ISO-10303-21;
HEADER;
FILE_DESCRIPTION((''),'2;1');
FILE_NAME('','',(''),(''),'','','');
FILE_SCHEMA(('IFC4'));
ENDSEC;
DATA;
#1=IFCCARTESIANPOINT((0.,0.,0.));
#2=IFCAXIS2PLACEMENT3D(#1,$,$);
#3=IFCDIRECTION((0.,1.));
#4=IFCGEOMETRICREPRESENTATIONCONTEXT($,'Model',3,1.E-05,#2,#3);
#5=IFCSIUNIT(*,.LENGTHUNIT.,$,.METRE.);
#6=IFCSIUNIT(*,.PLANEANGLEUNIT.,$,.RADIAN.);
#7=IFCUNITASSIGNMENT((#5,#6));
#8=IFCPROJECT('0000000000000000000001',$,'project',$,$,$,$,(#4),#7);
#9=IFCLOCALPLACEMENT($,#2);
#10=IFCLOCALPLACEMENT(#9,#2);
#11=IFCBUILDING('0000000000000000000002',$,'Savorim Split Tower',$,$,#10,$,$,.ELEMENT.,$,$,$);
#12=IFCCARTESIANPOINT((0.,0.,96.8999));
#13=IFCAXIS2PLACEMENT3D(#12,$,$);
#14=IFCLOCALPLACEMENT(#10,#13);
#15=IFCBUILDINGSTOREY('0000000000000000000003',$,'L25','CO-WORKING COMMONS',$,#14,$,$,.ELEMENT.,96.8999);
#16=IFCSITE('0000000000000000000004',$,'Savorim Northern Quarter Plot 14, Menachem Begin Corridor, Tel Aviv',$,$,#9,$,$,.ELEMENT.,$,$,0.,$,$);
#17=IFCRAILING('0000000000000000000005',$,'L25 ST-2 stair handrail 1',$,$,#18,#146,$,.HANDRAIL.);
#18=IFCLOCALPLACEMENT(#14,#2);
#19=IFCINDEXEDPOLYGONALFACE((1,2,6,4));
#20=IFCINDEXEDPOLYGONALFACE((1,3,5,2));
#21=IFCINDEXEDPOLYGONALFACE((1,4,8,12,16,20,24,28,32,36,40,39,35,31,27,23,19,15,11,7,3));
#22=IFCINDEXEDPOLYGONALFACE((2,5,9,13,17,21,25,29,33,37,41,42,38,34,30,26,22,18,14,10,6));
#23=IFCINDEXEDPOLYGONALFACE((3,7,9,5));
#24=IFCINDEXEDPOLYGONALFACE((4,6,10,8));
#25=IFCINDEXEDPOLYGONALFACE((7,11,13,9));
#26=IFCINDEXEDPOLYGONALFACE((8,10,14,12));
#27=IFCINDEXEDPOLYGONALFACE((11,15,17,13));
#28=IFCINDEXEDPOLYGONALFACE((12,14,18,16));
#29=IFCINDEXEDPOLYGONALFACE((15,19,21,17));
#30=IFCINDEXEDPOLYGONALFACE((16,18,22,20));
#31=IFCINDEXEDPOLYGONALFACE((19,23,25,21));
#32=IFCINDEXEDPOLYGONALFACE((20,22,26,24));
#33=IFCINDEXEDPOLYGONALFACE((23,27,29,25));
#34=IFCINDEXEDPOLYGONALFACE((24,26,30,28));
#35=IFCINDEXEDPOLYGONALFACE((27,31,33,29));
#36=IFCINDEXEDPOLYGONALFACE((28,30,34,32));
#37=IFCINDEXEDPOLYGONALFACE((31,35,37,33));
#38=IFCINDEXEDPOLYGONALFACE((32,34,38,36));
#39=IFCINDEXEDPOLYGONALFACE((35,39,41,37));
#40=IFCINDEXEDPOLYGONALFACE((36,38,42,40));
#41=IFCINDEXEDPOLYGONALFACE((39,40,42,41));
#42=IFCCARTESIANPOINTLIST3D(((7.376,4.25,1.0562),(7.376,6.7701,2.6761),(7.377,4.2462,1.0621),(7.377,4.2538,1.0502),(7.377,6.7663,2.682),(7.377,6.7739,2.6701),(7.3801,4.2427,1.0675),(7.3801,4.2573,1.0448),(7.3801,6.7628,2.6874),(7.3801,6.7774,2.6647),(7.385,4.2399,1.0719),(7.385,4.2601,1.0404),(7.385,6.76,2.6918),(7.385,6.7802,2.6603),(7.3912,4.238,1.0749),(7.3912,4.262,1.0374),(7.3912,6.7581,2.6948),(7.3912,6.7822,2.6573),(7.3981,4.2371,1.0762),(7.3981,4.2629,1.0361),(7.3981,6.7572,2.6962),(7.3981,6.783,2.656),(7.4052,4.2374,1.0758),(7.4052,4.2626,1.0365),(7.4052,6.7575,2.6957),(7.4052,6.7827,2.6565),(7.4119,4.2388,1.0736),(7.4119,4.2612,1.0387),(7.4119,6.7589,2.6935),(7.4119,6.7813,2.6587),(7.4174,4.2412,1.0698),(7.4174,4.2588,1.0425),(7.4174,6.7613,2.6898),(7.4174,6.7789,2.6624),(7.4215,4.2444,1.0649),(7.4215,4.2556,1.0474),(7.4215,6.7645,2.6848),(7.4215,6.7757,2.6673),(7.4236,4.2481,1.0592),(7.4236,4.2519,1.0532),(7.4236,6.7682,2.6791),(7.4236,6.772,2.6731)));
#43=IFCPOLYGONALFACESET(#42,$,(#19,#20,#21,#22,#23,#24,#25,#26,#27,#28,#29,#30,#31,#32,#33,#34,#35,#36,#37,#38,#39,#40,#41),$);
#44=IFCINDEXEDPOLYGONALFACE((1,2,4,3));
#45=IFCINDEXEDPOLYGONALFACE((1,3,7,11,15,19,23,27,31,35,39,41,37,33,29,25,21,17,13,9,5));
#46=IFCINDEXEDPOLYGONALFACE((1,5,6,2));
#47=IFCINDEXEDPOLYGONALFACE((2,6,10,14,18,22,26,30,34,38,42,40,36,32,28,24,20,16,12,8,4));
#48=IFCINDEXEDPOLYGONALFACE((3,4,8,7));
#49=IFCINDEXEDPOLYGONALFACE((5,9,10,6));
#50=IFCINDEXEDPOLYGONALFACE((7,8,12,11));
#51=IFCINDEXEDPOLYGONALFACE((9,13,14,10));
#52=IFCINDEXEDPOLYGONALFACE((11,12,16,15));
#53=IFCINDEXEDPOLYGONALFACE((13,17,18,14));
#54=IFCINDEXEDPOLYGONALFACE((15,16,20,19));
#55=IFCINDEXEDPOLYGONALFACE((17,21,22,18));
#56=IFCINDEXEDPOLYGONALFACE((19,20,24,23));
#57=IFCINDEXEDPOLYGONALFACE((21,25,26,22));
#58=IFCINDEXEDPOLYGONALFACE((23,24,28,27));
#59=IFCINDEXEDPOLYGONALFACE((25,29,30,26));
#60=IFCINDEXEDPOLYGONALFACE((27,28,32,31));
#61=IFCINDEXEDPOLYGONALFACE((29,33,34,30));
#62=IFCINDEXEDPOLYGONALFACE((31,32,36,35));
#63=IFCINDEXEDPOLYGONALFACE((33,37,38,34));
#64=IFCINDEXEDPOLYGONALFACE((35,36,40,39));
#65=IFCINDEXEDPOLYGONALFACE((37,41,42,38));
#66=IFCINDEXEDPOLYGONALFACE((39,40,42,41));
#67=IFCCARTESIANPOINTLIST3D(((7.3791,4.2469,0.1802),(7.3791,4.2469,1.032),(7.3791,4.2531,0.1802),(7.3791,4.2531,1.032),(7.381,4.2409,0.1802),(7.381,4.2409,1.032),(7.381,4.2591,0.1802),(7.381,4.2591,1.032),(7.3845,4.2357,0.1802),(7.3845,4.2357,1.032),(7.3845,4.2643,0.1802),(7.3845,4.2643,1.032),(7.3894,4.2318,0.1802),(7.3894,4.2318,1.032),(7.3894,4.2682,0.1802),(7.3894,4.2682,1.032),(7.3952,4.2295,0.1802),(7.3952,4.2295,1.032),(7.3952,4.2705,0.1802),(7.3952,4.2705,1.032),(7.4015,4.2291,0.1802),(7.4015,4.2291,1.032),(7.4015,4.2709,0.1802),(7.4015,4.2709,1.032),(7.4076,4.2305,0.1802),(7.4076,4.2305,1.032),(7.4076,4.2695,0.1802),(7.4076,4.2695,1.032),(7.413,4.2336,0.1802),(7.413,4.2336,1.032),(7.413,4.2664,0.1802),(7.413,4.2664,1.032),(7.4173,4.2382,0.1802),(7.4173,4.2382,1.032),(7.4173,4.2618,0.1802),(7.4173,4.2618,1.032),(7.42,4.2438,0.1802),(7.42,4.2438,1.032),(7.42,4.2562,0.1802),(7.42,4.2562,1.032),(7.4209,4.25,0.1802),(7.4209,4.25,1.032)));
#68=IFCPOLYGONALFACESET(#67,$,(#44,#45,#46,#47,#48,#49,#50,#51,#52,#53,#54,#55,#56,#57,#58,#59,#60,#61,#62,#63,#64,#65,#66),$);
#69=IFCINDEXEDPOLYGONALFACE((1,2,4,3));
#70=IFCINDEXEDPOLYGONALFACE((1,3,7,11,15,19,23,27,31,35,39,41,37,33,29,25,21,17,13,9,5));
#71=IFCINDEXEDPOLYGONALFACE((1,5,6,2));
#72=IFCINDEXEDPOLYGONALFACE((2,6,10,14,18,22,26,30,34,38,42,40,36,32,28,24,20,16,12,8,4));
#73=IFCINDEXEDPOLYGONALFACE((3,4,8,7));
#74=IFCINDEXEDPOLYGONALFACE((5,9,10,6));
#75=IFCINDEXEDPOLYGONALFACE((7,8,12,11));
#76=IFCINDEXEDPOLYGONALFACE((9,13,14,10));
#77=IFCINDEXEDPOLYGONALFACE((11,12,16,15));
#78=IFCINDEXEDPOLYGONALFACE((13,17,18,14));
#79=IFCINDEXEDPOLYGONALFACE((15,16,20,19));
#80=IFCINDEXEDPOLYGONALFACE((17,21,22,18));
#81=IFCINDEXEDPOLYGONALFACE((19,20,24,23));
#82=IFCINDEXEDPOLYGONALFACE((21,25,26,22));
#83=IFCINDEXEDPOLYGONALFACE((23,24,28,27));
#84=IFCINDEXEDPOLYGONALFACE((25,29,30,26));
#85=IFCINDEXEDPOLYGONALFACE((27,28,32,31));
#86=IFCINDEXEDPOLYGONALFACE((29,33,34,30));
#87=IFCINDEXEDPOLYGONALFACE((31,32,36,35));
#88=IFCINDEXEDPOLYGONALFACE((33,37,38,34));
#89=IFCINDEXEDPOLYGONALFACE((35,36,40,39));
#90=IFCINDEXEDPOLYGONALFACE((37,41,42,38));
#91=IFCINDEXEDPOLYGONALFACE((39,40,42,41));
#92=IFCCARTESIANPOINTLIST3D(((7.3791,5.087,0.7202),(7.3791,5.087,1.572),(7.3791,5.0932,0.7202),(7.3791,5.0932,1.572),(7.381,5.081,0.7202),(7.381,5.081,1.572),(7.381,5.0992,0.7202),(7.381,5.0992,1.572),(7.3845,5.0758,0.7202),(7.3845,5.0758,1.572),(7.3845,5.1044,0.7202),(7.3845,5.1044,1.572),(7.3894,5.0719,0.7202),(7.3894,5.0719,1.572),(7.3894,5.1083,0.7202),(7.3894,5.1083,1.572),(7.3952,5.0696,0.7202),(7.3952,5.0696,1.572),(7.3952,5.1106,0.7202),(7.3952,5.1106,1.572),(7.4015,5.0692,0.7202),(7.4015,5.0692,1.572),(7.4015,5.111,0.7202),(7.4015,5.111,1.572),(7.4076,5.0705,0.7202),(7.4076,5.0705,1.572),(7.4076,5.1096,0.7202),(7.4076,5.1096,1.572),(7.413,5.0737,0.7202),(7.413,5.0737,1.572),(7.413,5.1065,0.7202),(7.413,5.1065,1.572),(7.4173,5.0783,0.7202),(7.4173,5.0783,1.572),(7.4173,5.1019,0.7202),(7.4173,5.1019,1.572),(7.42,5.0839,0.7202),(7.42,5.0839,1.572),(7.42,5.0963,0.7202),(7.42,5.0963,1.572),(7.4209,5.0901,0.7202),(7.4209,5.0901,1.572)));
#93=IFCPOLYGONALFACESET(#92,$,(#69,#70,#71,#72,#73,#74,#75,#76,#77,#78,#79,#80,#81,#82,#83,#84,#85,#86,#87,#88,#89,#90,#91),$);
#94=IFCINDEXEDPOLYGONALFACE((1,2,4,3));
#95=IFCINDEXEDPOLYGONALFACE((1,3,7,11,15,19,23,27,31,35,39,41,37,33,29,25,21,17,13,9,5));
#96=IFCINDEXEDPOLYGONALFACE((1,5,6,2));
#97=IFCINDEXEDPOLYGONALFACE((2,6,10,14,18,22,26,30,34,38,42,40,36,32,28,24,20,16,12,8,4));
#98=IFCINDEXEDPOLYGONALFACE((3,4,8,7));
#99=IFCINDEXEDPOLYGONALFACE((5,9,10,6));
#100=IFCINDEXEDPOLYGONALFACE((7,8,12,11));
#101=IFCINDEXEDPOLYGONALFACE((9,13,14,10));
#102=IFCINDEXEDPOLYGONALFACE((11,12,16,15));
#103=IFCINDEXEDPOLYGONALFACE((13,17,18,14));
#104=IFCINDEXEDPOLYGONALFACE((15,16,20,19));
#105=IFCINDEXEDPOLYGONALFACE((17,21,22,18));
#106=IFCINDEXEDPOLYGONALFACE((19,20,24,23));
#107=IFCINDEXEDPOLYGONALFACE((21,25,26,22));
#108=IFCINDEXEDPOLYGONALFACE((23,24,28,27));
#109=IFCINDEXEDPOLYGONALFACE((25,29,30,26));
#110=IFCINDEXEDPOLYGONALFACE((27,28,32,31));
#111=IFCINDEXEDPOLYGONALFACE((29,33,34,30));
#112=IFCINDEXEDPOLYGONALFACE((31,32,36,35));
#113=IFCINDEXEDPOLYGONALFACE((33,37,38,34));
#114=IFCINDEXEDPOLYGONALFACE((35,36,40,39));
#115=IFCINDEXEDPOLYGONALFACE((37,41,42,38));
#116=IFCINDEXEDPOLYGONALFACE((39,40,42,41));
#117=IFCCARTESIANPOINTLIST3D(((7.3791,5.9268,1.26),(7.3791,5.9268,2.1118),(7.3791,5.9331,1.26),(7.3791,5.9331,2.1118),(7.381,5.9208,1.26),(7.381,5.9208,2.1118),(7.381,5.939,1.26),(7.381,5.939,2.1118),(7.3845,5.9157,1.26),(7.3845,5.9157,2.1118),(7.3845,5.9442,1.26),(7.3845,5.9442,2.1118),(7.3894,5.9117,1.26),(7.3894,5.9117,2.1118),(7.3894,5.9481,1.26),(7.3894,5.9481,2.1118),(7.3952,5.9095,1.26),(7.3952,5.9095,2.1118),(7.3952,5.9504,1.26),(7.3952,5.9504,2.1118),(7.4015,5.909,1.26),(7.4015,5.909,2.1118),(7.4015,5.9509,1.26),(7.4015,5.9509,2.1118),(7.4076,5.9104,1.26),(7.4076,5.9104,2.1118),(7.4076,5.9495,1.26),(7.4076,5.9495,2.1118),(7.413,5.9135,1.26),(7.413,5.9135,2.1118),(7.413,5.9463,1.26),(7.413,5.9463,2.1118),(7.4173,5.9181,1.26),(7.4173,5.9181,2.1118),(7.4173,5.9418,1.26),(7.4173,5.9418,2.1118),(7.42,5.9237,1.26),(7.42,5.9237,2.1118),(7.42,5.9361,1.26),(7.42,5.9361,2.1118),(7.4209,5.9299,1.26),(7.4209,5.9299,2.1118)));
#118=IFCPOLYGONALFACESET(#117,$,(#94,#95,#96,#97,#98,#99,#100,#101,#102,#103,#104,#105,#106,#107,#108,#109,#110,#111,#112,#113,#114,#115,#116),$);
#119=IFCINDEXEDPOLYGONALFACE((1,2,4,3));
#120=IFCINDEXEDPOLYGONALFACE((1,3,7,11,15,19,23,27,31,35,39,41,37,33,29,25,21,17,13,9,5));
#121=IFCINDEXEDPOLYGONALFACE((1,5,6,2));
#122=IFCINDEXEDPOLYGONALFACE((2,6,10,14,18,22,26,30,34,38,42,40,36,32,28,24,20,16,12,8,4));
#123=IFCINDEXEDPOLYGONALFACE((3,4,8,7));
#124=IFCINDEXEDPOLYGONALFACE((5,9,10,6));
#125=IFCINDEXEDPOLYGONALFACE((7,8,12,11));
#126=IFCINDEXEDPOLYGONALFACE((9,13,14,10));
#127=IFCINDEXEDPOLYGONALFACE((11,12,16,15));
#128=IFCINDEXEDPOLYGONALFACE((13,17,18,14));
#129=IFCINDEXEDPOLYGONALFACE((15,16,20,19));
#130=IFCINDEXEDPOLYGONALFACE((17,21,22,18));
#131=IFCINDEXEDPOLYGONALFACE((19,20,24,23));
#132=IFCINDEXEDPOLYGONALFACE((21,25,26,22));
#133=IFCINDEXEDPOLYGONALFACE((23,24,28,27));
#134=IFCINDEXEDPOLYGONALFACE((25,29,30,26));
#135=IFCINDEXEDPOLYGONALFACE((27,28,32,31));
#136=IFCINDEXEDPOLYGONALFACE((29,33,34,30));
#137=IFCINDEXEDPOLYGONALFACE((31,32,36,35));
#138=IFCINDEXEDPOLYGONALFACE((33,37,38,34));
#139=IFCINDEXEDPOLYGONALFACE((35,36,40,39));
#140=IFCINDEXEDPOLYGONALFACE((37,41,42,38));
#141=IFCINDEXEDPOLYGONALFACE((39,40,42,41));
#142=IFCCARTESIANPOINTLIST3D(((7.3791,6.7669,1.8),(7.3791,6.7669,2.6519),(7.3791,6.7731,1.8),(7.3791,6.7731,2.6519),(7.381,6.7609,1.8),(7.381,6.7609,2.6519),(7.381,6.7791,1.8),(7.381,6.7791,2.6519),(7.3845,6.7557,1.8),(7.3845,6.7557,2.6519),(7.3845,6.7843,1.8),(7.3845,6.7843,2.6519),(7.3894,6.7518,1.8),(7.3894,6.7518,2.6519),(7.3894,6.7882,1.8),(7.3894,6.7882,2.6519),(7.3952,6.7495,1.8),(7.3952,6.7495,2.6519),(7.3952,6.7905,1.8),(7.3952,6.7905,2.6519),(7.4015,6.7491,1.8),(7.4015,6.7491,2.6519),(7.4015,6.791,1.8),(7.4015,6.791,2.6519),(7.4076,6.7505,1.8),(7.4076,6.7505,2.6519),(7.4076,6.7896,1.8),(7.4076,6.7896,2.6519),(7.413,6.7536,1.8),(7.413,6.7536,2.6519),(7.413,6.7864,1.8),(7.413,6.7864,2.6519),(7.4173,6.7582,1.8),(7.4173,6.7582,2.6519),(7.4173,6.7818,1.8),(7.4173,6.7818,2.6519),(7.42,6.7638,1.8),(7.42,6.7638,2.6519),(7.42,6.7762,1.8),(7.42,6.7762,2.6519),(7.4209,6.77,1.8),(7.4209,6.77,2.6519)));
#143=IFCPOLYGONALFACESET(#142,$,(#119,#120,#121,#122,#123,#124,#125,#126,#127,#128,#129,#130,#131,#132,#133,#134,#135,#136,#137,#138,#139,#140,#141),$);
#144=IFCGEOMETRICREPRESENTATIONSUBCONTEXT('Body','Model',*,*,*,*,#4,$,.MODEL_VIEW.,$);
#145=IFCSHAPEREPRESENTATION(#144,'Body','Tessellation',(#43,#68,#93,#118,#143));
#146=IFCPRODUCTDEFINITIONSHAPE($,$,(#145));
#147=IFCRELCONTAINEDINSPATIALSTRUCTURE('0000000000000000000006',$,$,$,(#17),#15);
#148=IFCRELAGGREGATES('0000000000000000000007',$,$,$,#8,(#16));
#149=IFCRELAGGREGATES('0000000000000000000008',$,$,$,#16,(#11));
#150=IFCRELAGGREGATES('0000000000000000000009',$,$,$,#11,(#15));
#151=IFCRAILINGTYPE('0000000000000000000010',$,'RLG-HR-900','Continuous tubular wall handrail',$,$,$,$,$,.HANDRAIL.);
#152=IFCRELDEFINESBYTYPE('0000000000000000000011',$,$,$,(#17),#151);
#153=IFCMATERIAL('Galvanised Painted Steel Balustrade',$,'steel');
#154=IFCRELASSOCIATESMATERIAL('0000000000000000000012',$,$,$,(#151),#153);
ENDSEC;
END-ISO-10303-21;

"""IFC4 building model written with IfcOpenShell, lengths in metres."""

from ifc_helpers import new_model, si_unit, direction, frame, origin, origin_2d, place, context, subcontext, project, spatial, circle, extrude, material, type_object, element, save


model = new_model("IFC4")

# Units and contexts
model_context = context("Model", 3, precision=1e-05, world=origin(), true_north=direction((0.0, 1.0)))
body_context = subcontext(model_context, "Body", "Model", "MODEL_VIEW")
ifc_project = project(units=[si_unit("LENGTHUNIT", "METRE"), si_unit("PLANEANGLEUNIT", "RADIAN")], contexts=[model_context])

# Site, building, storey
site_placement = place(None, origin())
site = spatial("IfcSite", under=ifc_project, at=site_placement, Name="Savorim Northern Quarter Plot 14, Menachem Begin Corridor, Tel Aviv", CompositionType="ELEMENT", RefElevation=0.0)
building_placement = place(site_placement, origin())
building = spatial("IfcBuilding", under=site, at=building_placement, Name="Savorim Split Tower", CompositionType="ELEMENT")
storey_placement = place(building_placement, frame((0.0, 0.0, 96.8999)))
storey = spatial("IfcBuildingStorey", under=building, at=storey_placement, Name="L25", Description="CO-WORKING COMMONS", CompositionType="ELEMENT", Elevation=96.8999)

# Railing
ifc_material_1 = material(Name="Galvanised Painted Steel Balustrade", Category="steel")
railing_type_1 = type_object("IfcRailingType", Name="RLG-HR-900", Description="Continuous tubular wall handrail", PredefinedType="HANDRAIL", material=ifc_material_1)
railing_1_placement = place(storey_placement, frame((7.3999, 4.25, 0.1802)))
element("IfcRailing", 1, at=railing_1_placement, inside=storey, type_object=railing_type_1, Name="L25 ST-2 stair handrail 1", PredefinedType="HANDRAIL", context=body_context, shape_type="SweptSolid", body=[
    extrude(circle(Radius=0.0239, at=origin_2d()), frame((0.0, 0.0, 0.876), z_axis=(0.0, 0.8412, 0.540725), x_axis=(-1.0, 0.0, 0.0)), (0.0, 0.0, 1.0), 2.9958),
    extrude(circle(Radius=0.021, at=origin_2d()), origin(), (0.0, 0.0, 1.0), 0.8518),
    extrude(circle(Radius=0.021, at=origin_2d()), frame((0.0, 0.8401, 0.54)), (0.0, 0.0, 1.0), 0.8518),
    extrude(circle(Radius=0.021, at=origin_2d()), frame((0.0, 1.6799, 1.0798)), (0.0, 0.0, 1.0), 0.8518),
    extrude(circle(Radius=0.021, at=origin_2d()), frame((0.0, 2.52, 1.6199)), (0.0, 0.0, 1.0), 0.8518),
])

save(model, "model.ifc")
